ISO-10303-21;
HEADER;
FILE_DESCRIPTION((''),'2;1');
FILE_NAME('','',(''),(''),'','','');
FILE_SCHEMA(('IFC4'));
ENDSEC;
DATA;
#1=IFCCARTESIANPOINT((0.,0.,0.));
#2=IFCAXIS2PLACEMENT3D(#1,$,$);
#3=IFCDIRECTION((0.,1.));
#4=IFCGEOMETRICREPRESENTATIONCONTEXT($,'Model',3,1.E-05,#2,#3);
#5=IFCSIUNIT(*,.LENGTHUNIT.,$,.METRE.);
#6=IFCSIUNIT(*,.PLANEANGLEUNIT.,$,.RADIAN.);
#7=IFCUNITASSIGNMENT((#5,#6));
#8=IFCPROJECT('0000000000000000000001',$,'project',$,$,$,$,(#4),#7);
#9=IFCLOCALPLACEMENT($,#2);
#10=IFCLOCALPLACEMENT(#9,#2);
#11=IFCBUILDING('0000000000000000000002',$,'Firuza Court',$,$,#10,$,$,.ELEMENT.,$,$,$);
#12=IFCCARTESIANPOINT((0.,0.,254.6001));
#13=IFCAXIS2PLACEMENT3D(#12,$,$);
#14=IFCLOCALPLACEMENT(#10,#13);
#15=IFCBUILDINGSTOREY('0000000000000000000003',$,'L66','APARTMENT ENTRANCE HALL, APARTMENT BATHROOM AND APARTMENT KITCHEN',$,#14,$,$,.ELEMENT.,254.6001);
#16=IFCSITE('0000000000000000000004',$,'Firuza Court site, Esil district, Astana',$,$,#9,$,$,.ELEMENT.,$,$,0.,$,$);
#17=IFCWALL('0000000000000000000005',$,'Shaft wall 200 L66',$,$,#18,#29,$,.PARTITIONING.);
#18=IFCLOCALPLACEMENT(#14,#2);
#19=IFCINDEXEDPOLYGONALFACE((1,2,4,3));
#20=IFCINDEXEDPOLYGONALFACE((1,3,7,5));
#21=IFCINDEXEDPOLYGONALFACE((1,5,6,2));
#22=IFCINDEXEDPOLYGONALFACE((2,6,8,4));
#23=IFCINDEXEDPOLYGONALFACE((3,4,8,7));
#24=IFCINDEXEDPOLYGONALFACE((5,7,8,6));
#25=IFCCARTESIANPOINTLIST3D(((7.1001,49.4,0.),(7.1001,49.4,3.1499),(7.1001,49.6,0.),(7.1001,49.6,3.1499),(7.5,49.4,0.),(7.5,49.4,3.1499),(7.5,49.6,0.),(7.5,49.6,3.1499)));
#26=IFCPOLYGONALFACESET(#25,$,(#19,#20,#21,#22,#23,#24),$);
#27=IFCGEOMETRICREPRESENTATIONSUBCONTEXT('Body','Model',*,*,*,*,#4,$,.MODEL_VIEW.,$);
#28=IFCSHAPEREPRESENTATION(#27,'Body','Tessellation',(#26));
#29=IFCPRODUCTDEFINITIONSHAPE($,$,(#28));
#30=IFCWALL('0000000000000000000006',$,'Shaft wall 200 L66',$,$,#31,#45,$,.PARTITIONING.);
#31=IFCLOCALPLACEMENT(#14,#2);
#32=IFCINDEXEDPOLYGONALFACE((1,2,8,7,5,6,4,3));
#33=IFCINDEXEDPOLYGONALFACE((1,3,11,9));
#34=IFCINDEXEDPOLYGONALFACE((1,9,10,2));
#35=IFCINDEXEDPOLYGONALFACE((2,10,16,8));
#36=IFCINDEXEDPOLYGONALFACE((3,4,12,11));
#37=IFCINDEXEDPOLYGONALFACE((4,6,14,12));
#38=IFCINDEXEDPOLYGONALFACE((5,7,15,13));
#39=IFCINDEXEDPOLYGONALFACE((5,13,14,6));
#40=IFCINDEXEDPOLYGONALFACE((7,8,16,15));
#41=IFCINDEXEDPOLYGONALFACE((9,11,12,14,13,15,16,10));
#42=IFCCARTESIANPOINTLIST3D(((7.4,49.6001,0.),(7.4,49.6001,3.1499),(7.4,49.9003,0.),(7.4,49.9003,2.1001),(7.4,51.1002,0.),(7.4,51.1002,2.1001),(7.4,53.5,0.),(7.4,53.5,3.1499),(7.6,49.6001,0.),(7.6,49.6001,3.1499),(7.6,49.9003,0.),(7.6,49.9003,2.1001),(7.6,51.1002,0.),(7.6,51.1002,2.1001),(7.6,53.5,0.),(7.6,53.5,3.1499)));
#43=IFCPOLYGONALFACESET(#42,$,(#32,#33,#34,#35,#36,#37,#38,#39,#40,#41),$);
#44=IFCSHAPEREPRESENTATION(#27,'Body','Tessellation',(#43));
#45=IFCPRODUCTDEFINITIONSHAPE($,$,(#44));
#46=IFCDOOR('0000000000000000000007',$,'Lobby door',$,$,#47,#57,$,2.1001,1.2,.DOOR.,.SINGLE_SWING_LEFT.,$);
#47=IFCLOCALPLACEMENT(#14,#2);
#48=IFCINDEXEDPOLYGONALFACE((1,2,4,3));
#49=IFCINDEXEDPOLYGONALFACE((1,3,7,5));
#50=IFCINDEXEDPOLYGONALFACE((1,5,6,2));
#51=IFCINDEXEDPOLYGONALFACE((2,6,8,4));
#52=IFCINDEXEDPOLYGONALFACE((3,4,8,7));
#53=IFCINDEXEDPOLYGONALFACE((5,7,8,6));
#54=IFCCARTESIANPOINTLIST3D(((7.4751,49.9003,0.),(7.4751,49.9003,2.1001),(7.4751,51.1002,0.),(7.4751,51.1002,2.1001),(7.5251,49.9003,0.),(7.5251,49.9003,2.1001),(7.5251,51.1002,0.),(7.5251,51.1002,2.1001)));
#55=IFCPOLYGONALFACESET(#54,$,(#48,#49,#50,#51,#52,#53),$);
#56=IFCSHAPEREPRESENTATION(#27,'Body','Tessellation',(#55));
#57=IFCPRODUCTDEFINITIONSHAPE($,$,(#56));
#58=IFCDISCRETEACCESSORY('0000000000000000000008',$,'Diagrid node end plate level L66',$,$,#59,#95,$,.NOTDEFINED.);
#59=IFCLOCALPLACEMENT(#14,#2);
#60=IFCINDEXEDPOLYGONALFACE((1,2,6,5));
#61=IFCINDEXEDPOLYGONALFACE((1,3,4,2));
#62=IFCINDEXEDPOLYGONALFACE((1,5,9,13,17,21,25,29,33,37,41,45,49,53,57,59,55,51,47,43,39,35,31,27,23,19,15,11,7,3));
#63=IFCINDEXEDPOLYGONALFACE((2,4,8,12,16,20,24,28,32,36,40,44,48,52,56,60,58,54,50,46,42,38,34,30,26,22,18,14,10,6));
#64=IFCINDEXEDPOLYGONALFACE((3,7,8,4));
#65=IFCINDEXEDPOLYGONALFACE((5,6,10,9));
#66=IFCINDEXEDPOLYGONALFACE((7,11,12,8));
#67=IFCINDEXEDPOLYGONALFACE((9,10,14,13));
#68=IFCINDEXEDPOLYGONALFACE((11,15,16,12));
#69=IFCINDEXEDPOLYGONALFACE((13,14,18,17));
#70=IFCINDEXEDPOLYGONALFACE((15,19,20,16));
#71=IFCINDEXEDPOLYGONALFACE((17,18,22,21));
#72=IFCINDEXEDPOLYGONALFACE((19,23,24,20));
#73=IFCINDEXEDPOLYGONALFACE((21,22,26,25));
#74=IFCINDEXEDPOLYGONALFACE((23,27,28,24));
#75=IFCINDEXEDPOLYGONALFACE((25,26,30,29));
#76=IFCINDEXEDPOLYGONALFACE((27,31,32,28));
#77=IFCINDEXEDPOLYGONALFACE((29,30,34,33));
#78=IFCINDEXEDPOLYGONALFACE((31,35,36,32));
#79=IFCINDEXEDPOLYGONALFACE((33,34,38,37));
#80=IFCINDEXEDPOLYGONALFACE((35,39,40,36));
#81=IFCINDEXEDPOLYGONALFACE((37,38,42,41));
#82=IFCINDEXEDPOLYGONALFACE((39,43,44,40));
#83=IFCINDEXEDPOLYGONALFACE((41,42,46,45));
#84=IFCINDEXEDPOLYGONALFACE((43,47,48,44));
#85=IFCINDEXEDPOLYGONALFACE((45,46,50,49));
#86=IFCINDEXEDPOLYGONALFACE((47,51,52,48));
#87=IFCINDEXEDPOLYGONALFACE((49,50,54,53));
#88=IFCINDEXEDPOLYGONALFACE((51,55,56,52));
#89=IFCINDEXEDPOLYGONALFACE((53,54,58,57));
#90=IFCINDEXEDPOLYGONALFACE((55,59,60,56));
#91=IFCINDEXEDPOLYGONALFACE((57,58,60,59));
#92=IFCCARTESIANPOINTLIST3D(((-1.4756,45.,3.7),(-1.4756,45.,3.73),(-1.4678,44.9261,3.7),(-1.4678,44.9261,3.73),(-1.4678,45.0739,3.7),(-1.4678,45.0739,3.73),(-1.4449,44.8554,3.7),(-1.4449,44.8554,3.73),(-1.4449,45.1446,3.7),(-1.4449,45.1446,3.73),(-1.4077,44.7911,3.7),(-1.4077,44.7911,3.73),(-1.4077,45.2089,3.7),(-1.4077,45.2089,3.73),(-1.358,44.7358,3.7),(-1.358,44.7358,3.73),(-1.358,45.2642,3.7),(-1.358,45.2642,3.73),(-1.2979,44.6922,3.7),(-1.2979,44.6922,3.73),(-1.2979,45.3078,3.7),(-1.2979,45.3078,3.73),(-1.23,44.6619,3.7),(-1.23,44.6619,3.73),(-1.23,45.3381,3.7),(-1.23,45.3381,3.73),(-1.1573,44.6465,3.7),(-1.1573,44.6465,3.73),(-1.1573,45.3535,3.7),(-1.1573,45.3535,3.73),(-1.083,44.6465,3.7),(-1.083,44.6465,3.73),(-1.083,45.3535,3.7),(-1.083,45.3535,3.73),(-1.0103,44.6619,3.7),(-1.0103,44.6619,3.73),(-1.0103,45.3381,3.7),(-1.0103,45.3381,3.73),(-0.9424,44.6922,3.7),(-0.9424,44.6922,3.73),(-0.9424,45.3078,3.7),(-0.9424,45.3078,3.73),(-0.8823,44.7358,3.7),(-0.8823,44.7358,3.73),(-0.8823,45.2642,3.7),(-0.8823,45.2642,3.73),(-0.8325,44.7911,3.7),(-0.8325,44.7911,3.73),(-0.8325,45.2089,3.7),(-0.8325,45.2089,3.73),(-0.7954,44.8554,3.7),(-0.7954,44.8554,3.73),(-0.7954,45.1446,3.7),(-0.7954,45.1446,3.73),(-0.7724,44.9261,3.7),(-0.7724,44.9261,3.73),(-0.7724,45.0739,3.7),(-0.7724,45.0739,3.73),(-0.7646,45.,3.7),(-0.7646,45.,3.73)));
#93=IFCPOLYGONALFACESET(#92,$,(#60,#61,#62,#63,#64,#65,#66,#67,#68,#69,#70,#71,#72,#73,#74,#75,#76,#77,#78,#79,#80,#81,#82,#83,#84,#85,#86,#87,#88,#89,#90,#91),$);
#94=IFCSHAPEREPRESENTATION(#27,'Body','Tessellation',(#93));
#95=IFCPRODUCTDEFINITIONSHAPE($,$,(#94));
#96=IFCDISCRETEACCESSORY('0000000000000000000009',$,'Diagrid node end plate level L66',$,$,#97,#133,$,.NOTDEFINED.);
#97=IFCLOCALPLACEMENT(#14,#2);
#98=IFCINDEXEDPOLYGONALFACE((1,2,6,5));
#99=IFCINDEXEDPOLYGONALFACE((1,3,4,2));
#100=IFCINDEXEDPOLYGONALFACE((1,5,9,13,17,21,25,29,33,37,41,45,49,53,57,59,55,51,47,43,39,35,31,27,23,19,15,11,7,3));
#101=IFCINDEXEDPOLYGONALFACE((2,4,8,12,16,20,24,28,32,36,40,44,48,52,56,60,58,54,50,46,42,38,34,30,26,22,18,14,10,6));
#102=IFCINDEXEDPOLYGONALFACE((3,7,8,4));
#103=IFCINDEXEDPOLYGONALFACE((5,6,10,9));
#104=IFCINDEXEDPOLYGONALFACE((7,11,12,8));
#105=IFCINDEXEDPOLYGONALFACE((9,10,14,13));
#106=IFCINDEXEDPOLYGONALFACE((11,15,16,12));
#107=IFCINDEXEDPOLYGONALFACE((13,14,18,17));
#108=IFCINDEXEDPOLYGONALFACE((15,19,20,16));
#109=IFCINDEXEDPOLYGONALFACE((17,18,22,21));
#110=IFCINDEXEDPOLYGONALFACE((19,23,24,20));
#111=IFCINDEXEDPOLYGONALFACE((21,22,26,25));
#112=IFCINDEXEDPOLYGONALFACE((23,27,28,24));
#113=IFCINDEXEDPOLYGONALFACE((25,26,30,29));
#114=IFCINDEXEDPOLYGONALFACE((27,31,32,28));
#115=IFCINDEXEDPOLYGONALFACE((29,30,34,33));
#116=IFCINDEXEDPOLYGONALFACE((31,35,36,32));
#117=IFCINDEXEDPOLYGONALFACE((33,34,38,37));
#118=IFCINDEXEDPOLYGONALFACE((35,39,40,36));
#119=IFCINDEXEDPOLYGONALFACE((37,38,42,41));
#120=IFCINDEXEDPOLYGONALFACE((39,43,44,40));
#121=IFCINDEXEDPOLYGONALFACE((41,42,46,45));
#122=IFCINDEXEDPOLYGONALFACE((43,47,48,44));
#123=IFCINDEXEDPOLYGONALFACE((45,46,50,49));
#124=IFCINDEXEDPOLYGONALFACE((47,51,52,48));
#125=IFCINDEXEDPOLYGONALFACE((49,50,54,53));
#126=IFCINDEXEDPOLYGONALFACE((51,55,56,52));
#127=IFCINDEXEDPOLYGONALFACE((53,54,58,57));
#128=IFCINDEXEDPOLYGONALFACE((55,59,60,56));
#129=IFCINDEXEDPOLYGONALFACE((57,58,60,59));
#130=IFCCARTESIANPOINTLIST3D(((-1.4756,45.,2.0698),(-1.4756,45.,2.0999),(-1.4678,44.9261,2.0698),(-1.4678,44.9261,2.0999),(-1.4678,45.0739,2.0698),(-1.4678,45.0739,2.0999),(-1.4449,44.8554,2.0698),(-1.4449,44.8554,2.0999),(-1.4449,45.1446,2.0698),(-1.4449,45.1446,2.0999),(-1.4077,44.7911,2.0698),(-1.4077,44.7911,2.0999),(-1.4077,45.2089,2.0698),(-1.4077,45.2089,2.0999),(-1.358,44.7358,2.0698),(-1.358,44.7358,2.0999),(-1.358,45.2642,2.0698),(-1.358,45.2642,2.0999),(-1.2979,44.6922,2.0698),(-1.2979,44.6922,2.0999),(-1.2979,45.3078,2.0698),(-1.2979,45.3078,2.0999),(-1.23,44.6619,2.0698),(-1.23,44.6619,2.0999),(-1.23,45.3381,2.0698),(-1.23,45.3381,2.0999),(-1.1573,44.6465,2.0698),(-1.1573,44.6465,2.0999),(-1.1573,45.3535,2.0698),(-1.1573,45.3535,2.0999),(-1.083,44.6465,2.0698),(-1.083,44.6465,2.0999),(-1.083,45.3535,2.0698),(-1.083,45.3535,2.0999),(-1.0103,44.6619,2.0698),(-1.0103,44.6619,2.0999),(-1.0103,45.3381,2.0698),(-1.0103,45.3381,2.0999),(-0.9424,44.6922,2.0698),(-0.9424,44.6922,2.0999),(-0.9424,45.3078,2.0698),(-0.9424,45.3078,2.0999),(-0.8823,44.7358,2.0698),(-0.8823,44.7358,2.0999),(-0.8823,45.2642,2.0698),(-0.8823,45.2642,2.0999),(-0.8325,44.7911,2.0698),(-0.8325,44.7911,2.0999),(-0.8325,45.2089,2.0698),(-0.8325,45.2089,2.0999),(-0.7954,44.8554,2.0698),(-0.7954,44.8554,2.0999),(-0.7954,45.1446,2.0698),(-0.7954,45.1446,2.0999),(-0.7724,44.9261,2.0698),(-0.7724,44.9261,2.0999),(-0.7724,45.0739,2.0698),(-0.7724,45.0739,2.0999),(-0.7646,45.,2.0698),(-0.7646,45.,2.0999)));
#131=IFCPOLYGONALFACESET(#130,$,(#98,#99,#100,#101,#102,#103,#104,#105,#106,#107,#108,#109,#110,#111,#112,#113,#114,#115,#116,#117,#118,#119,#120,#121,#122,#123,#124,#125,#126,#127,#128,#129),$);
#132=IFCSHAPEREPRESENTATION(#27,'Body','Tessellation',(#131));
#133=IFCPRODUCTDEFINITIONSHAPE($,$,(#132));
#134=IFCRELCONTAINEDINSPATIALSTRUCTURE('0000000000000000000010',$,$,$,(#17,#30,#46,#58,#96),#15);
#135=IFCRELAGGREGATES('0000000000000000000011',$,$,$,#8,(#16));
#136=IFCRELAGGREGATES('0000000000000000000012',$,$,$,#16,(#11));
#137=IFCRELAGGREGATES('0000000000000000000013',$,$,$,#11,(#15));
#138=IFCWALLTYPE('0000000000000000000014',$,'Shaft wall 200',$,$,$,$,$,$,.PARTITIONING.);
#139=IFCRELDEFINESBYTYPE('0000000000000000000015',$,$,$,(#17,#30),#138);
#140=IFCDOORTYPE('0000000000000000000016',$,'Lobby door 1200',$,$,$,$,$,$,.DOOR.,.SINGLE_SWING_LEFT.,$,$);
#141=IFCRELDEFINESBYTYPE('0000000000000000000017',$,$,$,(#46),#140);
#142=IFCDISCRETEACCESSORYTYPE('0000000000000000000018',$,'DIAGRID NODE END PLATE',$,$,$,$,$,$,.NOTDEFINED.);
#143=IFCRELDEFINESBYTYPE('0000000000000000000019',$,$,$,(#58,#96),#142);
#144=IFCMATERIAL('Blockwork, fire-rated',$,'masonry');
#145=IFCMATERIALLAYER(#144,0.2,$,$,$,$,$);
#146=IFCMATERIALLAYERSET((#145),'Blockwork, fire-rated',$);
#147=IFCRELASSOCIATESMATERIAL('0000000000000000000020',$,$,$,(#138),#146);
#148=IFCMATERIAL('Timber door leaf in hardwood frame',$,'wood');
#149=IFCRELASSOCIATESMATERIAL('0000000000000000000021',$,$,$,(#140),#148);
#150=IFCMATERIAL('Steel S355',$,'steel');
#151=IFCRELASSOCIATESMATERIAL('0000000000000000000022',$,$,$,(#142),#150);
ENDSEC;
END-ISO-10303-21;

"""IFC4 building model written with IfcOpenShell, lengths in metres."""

from ifc_helpers import new_model, si_unit, direction, frame, frame_2d, origin, origin_2d, place, context, subcontext, project, spatial, rectangle, circle, extrude, material, layer, layer_set, material_profile, profile_set, type_object, element, fill, save


model = new_model("IFC4")

# Units and contexts
model_context = context("Model", 3, precision=1e-05, world=origin(), true_north=direction((0.0, 1.0)))
body_context = subcontext(model_context, "Body", "Model", "MODEL_VIEW")
ifc_project = project(units=[si_unit("LENGTHUNIT", "METRE"), si_unit("PLANEANGLEUNIT", "RADIAN")], contexts=[model_context])

# Site, building, storey
site_placement = place(None, origin())
site = spatial("IfcSite", under=ifc_project, at=site_placement, Name="Firuza Court site, Esil district, Astana", CompositionType="ELEMENT", RefElevation=0.0)
building_placement = place(site_placement, origin())
building = spatial("IfcBuilding", under=site, at=building_placement, Name="Firuza Court", CompositionType="ELEMENT")
storey_placement = place(building_placement, frame((0.0, 0.0, 254.6001)))
storey = spatial("IfcBuildingStorey", under=building, at=storey_placement, Name="L66", Description="APARTMENT ENTRANCE HALL, APARTMENT BATHROOM AND APARTMENT KITCHEN", CompositionType="ELEMENT", Elevation=254.6001)

# Wall
ifc_material_1 = material(Name="Blockwork, fire-rated", Category="masonry")
ifc_layer_1 = layer(ifc_material_1, 0.2)
ifc_layer_set_1 = layer_set([ifc_layer_1], Name="Blockwork, fire-rated")
wall_type_1 = type_object("IfcWallType", Name="Shaft wall 200", PredefinedType="PARTITIONING", material=ifc_layer_set_1)
wall_1_placement = place(storey_placement, frame((7.1001, 49.5, 0.0), z_axis=(0.0, 0.0, 1.0), x_axis=(1.0, 0.0, 0.0)))
element("IfcWall", 1, at=wall_1_placement, inside=storey, type_object=wall_type_1, Name="Shaft wall 200 L66", PredefinedType="PARTITIONING", context=body_context, shape_type="SweptSolid", body=[
    extrude(rectangle(XDim=0.3999, YDim=0.2, at=frame_2d((0.2, 0.0))), origin(), (0.0, 0.0, 1.0), 3.1499),
])

# Wall, opening, door
wall_2_placement = place(storey_placement, frame((7.5, 49.6001, 0.0), z_axis=(0.0, 0.0, 1.0), x_axis=(0.0, 1.0, 0.0)))
wall_2 = element("IfcWall", 2, at=wall_2_placement, inside=storey, type_object=wall_type_1, Name="Shaft wall 200 L66", PredefinedType="PARTITIONING", context=body_context, shape_type="SweptSolid", body=[
    extrude(rectangle(XDim=3.8999, YDim=0.2, at=frame_2d((1.95, 0.0))), origin(), (0.0, 0.0, 1.0), 3.1499),
])
opening_1_placement = place(wall_2_placement, frame((0.3, 0.0, 0.0)))
opening_1 = element("IfcOpeningElement", 3, at=opening_1_placement, cuts=wall_2, PredefinedType="OPENING", context=body_context, shape_type="SweptSolid", body=[
    extrude(rectangle(XDim=1.2, YDim=2.1001, at=frame_2d((0.6001, 1.05))), frame((0.0, 0.1118, 0.0), z_axis=(0.0, -1.0, 0.0), x_axis=(1.0, 0.0, 0.0)), (0.0, 0.0, 1.0), 0.2239),
])
ifc_material_2 = material(Name="Timber door leaf in hardwood frame", Category="wood")
door_type_1 = type_object("IfcDoorType", Name="Lobby door 1200", OperationType="SINGLE_SWING_LEFT", PredefinedType="DOOR", material=ifc_material_2)
door_1_placement = place(opening_1_placement, origin())
door_1 = element("IfcDoor", 4, at=door_1_placement, inside=storey, type_object=door_type_1, Name="Lobby door", OperationType="SINGLE_SWING_LEFT", OverallHeight=2.1001, OverallWidth=1.2, PredefinedType="DOOR", context=body_context, shape_type="SweptSolid", body=[
    extrude(rectangle(XDim=1.2, YDim=2.1001, at=frame_2d((0.6001, 1.05))), frame((0.0, 0.0249, 0.0), z_axis=(0.0, -1.0, 0.0), x_axis=(1.0, 0.0, 0.0)), (0.0, 0.0, 1.0), 0.05),
])
fill(opening_1, door_1)

# Discrete accessories
ifc_material_3 = material(Name="Steel S355", Category="steel")
ifc_material_profile_1 = material_profile(ifc_material_3, circle(Radius=0.3555, at=origin_2d()), Name="PL D711")
ifc_profile_set_1 = profile_set([ifc_material_profile_1], Name="Steel S355")
discrete_accessory_type = type_object("IfcDiscreteAccessoryType", Name="DIAGRID NODE END PLATE", PredefinedType="NOTDEFINED", material=ifc_profile_set_1)
for number, where, z_axis, x_axis, name in (
    (5, (-1.1201, 45.0, 3.7), (0.0, 0.0, 1.0), (1.0, 0.0, 0.0), "Diagrid node end plate level L66"),
    (6, (-1.1201, 45.0, 2.0698), (0.0, 0.0, 1.0), (1.0, 0.0, 0.0), "Diagrid node end plate level L66"),
):
    element("IfcDiscreteAccessory", number, at=place(storey_placement, frame(where, z_axis=z_axis, x_axis=x_axis)), inside=storey, type_object=discrete_accessory_type, Name=name, PredefinedType="NOTDEFINED", context=body_context, shape_type="SweptSolid", body=[
        extrude(circle(Radius=0.3555, at=origin_2d()), origin(), (0.0, 0.0, 1.0), 0.03),
    ])

save(model, "model.ifc")
